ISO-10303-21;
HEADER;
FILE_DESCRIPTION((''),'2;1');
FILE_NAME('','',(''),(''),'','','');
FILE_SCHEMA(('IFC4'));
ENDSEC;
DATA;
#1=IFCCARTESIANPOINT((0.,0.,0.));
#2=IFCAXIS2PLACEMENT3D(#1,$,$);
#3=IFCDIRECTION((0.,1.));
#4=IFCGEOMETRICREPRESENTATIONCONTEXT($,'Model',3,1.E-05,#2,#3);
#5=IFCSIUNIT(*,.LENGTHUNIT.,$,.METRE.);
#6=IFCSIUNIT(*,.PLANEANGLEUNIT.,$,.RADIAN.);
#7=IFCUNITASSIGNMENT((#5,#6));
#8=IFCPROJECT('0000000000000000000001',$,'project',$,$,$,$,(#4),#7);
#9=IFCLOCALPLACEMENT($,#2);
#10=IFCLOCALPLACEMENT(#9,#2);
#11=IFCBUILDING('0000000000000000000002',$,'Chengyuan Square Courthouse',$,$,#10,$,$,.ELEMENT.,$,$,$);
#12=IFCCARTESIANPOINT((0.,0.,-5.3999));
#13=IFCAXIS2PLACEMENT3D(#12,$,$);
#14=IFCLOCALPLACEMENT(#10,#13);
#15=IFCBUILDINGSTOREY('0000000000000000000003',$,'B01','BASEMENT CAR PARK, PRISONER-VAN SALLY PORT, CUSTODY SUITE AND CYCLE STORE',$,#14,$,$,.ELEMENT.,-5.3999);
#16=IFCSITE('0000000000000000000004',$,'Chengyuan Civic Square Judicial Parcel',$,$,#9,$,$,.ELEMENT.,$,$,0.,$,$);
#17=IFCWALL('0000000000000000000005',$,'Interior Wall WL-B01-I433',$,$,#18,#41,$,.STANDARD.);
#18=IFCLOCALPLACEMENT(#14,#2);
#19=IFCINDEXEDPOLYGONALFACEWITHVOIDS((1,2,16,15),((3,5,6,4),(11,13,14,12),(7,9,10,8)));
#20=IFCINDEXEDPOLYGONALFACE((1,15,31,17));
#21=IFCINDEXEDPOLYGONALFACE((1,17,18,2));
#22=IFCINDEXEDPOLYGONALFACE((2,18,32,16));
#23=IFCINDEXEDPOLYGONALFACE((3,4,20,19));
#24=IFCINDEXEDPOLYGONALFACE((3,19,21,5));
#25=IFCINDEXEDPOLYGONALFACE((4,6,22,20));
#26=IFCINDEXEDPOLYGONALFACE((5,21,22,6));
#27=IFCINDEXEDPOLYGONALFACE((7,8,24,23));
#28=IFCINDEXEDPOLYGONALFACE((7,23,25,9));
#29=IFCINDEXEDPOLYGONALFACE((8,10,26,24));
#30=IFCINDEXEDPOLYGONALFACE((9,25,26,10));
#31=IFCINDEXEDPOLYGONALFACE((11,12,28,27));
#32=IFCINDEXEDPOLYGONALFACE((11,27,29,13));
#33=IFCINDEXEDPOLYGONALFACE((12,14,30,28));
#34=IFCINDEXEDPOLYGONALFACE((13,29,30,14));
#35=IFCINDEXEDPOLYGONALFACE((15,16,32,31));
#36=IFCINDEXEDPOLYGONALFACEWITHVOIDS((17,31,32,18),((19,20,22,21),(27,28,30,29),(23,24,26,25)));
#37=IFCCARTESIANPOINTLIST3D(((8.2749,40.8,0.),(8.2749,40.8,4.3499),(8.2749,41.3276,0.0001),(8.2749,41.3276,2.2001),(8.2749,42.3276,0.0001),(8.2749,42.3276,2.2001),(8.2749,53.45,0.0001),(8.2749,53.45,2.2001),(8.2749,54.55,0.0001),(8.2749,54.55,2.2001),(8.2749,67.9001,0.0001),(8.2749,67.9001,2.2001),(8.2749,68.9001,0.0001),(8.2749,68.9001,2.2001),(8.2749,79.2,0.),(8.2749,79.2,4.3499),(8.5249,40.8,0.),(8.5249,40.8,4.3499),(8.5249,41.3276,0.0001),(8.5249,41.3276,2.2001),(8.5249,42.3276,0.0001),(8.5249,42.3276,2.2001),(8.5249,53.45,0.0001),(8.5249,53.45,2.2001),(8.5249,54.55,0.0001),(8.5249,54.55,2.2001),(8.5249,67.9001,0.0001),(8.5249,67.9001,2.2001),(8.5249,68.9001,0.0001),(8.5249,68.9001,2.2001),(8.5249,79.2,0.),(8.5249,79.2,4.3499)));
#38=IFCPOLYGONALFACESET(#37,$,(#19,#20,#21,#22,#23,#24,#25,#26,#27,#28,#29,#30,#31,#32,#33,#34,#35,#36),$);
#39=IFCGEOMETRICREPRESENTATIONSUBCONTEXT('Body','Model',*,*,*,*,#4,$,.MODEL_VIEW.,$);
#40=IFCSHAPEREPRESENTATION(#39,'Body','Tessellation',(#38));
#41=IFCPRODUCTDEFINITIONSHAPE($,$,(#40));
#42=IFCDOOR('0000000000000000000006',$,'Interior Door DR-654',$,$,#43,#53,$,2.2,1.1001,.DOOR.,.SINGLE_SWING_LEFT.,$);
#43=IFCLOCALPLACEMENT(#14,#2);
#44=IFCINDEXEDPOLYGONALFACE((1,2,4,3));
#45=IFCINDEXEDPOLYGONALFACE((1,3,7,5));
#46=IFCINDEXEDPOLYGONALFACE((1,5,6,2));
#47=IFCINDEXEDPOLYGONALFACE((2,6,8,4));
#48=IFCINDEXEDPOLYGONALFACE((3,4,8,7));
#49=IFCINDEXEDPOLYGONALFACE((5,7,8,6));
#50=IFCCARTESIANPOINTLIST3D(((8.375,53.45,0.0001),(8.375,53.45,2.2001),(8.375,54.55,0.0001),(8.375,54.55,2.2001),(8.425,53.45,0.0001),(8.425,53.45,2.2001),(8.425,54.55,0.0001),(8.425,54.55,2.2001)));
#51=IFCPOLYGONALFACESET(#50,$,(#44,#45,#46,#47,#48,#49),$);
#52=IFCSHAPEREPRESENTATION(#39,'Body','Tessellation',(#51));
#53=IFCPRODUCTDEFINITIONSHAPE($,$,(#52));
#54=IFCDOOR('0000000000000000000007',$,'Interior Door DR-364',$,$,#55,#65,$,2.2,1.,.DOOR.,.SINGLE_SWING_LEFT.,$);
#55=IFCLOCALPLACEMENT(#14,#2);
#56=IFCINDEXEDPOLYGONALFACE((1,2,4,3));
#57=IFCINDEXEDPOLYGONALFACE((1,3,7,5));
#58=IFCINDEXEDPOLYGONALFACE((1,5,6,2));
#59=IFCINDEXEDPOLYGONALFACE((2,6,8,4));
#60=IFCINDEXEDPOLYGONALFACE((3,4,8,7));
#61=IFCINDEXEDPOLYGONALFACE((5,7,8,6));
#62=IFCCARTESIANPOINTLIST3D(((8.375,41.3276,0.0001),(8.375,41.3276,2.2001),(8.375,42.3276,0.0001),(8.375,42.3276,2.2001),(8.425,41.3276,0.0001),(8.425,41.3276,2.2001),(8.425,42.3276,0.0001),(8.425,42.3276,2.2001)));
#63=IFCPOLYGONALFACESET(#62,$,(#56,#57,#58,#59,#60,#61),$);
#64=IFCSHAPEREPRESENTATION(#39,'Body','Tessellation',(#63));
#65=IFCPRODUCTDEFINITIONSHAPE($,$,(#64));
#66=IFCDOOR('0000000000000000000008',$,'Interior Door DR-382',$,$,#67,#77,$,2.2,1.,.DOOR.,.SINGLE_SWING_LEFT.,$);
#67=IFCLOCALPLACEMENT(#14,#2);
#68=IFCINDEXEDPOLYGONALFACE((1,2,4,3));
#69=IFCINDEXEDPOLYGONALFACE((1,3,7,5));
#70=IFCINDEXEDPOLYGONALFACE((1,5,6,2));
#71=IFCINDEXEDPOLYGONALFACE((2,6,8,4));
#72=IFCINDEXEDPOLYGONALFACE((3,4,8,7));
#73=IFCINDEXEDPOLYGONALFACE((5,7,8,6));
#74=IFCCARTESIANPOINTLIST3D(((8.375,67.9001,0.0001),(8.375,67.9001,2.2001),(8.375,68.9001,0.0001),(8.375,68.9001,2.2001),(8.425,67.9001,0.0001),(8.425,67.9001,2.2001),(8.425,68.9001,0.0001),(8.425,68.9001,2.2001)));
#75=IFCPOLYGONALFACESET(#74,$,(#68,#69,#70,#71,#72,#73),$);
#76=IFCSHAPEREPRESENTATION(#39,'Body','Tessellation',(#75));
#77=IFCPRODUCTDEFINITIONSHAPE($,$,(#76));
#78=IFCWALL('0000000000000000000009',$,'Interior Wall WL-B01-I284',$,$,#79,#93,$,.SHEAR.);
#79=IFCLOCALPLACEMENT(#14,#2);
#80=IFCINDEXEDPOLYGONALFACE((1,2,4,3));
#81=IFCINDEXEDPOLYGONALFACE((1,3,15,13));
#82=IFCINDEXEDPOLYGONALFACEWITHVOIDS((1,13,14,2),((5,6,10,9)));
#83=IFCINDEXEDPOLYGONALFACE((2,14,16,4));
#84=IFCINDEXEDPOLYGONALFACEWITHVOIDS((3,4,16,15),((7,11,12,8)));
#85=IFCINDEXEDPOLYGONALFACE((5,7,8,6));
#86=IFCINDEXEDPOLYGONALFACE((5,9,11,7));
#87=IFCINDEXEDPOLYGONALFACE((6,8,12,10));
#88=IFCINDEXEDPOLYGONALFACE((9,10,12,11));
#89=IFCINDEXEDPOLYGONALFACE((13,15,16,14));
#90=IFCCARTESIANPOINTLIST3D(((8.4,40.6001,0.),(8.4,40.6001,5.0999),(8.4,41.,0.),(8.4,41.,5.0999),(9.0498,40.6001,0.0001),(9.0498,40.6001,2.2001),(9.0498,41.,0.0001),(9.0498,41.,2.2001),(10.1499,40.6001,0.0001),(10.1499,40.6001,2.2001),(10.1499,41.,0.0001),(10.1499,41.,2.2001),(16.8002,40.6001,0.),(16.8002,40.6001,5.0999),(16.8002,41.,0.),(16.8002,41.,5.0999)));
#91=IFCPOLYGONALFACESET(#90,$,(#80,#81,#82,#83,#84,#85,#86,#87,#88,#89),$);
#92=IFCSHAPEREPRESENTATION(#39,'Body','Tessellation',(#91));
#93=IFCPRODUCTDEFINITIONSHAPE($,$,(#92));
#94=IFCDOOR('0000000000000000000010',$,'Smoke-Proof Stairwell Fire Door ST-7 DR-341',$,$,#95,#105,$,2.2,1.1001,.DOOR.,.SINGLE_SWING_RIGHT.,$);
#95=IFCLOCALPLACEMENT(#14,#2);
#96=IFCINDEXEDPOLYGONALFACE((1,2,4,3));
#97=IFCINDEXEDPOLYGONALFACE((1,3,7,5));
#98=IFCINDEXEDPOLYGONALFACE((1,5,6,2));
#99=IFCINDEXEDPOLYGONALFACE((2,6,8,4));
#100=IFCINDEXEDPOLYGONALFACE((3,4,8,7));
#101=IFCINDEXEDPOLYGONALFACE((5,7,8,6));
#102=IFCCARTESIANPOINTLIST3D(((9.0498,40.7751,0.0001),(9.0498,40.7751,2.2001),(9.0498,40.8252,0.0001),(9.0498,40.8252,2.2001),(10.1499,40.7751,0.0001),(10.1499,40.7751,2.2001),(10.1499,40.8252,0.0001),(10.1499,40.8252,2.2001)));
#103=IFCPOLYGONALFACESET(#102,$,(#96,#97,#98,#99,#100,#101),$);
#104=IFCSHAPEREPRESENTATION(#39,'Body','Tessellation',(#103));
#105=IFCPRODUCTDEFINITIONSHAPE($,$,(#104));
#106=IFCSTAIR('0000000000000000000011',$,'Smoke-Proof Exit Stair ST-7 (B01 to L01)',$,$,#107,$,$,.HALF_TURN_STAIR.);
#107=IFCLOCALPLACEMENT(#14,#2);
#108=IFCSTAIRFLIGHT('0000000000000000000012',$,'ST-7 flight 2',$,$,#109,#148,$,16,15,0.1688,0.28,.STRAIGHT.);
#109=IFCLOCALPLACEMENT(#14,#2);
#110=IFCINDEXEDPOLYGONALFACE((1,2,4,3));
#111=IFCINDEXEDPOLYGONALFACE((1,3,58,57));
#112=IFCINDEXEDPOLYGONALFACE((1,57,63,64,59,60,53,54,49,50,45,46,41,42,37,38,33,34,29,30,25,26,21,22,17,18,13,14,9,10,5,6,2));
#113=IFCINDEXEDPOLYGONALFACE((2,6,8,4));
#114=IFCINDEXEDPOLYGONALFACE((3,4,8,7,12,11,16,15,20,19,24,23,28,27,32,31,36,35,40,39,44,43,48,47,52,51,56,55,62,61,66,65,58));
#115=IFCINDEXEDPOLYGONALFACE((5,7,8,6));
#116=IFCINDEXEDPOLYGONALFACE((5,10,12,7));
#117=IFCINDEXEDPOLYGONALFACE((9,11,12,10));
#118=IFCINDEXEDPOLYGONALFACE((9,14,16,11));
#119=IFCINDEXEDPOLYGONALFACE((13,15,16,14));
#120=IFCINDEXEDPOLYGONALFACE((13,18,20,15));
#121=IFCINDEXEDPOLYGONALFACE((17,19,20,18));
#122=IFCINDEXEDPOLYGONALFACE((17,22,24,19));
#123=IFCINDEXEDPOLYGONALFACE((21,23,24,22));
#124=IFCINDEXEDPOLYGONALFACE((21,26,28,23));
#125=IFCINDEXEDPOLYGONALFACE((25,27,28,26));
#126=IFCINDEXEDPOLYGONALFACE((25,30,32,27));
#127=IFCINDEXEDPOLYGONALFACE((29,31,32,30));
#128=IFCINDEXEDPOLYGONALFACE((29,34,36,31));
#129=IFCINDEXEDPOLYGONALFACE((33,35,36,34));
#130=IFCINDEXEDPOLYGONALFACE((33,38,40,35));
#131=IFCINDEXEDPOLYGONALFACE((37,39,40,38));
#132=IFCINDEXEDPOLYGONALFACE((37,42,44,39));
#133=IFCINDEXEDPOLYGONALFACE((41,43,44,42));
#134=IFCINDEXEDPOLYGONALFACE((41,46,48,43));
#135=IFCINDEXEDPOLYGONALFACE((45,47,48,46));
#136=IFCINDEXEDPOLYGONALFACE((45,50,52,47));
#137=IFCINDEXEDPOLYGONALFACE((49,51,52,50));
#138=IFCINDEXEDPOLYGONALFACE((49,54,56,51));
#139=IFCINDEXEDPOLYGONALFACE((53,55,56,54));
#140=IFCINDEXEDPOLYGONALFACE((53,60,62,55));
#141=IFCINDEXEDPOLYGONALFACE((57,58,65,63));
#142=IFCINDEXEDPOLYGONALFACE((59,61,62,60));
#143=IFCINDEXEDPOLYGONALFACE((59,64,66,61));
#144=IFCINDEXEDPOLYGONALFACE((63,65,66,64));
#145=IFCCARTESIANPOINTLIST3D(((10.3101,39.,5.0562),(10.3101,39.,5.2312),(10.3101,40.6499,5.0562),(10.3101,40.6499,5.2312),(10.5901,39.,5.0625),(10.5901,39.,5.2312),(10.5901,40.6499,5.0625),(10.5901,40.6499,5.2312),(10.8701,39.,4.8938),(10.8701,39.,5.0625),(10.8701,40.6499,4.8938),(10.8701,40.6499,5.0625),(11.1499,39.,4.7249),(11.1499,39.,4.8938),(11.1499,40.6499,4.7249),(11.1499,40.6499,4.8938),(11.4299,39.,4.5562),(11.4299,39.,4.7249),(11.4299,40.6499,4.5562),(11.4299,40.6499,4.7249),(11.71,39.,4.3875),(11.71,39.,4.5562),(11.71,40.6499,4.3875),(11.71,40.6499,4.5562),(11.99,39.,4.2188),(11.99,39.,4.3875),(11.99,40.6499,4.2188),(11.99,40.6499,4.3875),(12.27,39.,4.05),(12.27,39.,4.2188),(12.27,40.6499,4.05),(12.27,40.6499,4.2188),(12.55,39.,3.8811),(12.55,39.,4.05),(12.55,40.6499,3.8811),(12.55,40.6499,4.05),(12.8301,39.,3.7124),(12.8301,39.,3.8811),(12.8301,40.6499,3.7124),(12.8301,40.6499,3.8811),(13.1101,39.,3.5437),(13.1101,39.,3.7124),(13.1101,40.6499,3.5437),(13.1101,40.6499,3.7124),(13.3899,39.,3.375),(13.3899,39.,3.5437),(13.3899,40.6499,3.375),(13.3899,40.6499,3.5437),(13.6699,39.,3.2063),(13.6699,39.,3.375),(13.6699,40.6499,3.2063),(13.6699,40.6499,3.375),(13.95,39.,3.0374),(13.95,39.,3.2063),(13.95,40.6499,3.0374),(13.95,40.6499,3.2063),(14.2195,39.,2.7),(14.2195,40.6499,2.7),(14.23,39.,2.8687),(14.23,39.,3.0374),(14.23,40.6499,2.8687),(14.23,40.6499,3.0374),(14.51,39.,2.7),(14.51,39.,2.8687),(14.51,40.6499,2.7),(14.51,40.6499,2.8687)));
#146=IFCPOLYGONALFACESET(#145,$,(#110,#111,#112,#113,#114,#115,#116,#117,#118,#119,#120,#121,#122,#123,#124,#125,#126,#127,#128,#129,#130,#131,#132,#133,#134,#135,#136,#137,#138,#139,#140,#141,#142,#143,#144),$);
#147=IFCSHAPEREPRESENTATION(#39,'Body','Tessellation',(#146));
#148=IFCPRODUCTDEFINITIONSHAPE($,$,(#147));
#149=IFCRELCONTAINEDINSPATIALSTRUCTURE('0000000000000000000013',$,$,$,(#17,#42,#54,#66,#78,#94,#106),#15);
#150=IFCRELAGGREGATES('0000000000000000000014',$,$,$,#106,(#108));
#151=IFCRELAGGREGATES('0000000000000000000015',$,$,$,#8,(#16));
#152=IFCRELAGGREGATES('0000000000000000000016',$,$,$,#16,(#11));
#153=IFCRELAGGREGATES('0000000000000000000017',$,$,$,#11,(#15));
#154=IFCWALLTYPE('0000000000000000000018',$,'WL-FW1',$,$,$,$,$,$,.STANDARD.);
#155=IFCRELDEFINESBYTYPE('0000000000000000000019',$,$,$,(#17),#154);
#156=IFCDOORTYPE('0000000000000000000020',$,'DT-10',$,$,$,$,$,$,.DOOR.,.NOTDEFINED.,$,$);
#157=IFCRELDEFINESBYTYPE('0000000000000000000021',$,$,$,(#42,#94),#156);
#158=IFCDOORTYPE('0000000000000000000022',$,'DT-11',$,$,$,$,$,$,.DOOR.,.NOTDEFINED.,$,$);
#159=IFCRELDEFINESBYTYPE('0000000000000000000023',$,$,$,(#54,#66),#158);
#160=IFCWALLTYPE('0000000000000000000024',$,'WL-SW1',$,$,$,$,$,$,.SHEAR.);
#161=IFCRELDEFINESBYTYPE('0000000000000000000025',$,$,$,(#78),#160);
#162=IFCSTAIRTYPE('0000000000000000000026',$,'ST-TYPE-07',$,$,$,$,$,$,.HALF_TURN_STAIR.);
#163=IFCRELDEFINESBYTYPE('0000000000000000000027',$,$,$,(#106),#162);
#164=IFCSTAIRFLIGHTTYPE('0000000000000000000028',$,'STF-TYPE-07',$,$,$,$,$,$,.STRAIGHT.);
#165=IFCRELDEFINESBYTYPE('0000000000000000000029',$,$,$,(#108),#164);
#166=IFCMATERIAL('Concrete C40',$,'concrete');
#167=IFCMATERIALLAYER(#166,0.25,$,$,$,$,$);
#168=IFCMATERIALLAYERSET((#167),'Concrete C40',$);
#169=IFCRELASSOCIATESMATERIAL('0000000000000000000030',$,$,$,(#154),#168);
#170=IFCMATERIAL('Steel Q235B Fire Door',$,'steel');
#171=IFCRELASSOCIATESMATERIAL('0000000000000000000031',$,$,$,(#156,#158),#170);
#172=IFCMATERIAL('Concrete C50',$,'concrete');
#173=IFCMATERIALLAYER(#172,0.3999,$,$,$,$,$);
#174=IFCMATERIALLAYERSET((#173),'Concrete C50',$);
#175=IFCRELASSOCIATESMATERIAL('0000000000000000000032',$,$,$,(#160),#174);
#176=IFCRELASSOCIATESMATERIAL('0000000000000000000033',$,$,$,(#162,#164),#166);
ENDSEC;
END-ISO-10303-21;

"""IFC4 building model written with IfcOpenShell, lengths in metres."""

from ifc_helpers import new_model, si_unit, direction, frame, frame_2d, origin, place, context, subcontext, project, spatial, polyline, rectangle, outline, extrude, material, layer, layer_set, type_object, element, fill, aggregate, save


model = new_model("IFC4")

# Units and contexts
model_context = context("Model", 3, precision=1e-05, world=origin(), true_north=direction((0.0, 1.0)))
body_context = subcontext(model_context, "Body", "Model", "MODEL_VIEW")
ifc_project = project(units=[si_unit("LENGTHUNIT", "METRE"), si_unit("PLANEANGLEUNIT", "RADIAN")], contexts=[model_context])

# Site, building, storey
site_placement = place(None, origin())
site = spatial("IfcSite", under=ifc_project, at=site_placement, Name="Chengyuan Civic Square Judicial Parcel", CompositionType="ELEMENT", RefElevation=0.0)
building_placement = place(site_placement, origin())
building = spatial("IfcBuilding", under=site, at=building_placement, Name="Chengyuan Square Courthouse", CompositionType="ELEMENT")
storey_placement = place(building_placement, frame((0.0, 0.0, -5.3999)))
storey = spatial("IfcBuildingStorey", under=building, at=storey_placement, Name="B01", Description="BASEMENT CAR PARK, PRISONER-VAN SALLY PORT, CUSTODY SUITE AND CYCLE STORE", CompositionType="ELEMENT", Elevation=-5.3999)

# Shared definitions
ifc_material_1 = material(Name="Concrete C50", Category="concrete")

# Shared definitions
ifc_material_2 = material(Name="Concrete C40", Category="concrete")

# Wall, openings, doors
ifc_layer_1 = layer(ifc_material_2, 0.25)
ifc_layer_set_1 = layer_set([ifc_layer_1], Name="Concrete C40")
wall_type_1 = type_object("IfcWallType", Name="WL-FW1", PredefinedType="STANDARD", material=ifc_layer_set_1)
ifc_material_3 = material(Name="Steel Q235B Fire Door", Category="steel")
wall_1_placement = place(storey_placement, frame((8.3999, 40.8, 0.0), z_axis=(0.0, 0.0, 1.0), x_axis=(0.0, 1.0, 0.0)))
wall_1 = element("IfcWall", 1, at=wall_1_placement, inside=storey, type_object=wall_type_1, Name="Interior Wall WL-B01-I433", PredefinedType="STANDARD", context=body_context, shape_type="SweptSolid", body=[
    extrude(rectangle(XDim=38.3999, YDim=0.25, at=frame_2d((19.2, 0.0))), origin(), (0.0, 0.0, 1.0), 4.3499),
])
opening_1_placement = place(wall_1_placement, frame((0.5276, 0.0, 0.0)))
opening_1 = element("IfcOpeningElement", 2, at=opening_1_placement, cuts=wall_1, PredefinedType="OPENING", context=body_context, shape_type="SweptSolid", body=[
    extrude(rectangle(XDim=1.0, YDim=2.2, at=frame_2d((0.5, 1.1001))), frame((0.0, 0.137, 0.0), z_axis=(0.0, -1.0, 0.0), x_axis=(1.0, 0.0, 0.0)), (0.0, 0.0, 1.0), 0.2739),
])
opening_2_placement = place(wall_1_placement, frame((27.1001, 0.0, 0.0)))
opening_2 = element("IfcOpeningElement", 3, at=opening_2_placement, cuts=wall_1, PredefinedType="OPENING", context=body_context, shape_type="SweptSolid", body=[
    extrude(rectangle(XDim=1.0, YDim=2.2, at=frame_2d((0.5, 1.1001))), frame((0.0, 0.137, 0.0), z_axis=(0.0, -1.0, 0.0), x_axis=(1.0, 0.0, 0.0)), (0.0, 0.0, 1.0), 0.2739),
])
opening_3_placement = place(wall_1_placement, frame((12.6499, 0.0, 0.0)))
opening_3 = element("IfcOpeningElement", 4, at=opening_3_placement, cuts=wall_1, PredefinedType="OPENING", context=body_context, shape_type="SweptSolid", body=[
    extrude(rectangle(XDim=1.1001, YDim=2.2, at=frame_2d((0.55, 1.1001))), frame((0.0, 0.137, 0.0), z_axis=(0.0, -1.0, 0.0), x_axis=(1.0, 0.0, 0.0)), (0.0, 0.0, 1.0), 0.2739),
])
door_type_1 = type_object("IfcDoorType", Name="DT-10", OperationType="NOTDEFINED", PredefinedType="DOOR", material=ifc_material_3)
door_1_placement = place(opening_3_placement, origin())
door_1 = element("IfcDoor", 5, at=door_1_placement, inside=storey, type_object=door_type_1, Name="Interior Door DR-654", OperationType="SINGLE_SWING_LEFT", OverallHeight=2.2, OverallWidth=1.1001, PredefinedType="DOOR", context=body_context, shape_type="SweptSolid", body=[
    extrude(rectangle(XDim=1.1001, YDim=2.2, at=frame_2d((0.55, 1.1001))), frame((0.0, 0.0249, 0.0), z_axis=(0.0, -1.0, 0.0), x_axis=(1.0, 0.0, 0.0)), (0.0, 0.0, 1.0), 0.05),
])
fill(opening_3, door_1)
door_type_2 = type_object("IfcDoorType", Name="DT-11", OperationType="NOTDEFINED", PredefinedType="DOOR", material=ifc_material_3)
door_2_placement = place(opening_1_placement, origin())
door_2 = element("IfcDoor", 6, at=door_2_placement, inside=storey, type_object=door_type_2, Name="Interior Door DR-364", OperationType="SINGLE_SWING_LEFT", OverallHeight=2.2, OverallWidth=1.0, PredefinedType="DOOR", context=body_context, shape_type="SweptSolid", body=[
    extrude(rectangle(XDim=1.0, YDim=2.2, at=frame_2d((0.5, 1.1001))), frame((0.0, 0.0249, 0.0), z_axis=(0.0, -1.0, 0.0), x_axis=(1.0, 0.0, 0.0)), (0.0, 0.0, 1.0), 0.05),
])
fill(opening_1, door_2)
door_3_placement = place(opening_2_placement, origin())
door_3 = element("IfcDoor", 7, at=door_3_placement, inside=storey, type_object=door_type_2, Name="Interior Door DR-382", OperationType="SINGLE_SWING_LEFT", OverallHeight=2.2, OverallWidth=1.0, PredefinedType="DOOR", context=body_context, shape_type="SweptSolid", body=[
    extrude(rectangle(XDim=1.0, YDim=2.2, at=frame_2d((0.5, 1.1001))), frame((0.0, 0.0249, 0.0), z_axis=(0.0, -1.0, 0.0), x_axis=(1.0, 0.0, 0.0)), (0.0, 0.0, 1.0), 0.05),
])
fill(opening_2, door_3)

# Wall, opening, door
ifc_layer_2 = layer(ifc_material_1, 0.3999)
ifc_layer_set_2 = layer_set([ifc_layer_2], Name="Concrete C50")
wall_type_2 = type_object("IfcWallType", Name="WL-SW1", PredefinedType="SHEAR", material=ifc_layer_set_2)
wall_2_placement = place(storey_placement, frame((8.3999, 40.8, 0.0), z_axis=(0.0, 0.0, 1.0), x_axis=(1.0, 0.0, 0.0)))
wall_2 = element("IfcWall", 8, at=wall_2_placement, inside=storey, type_object=wall_type_2, Name="Interior Wall WL-B01-I284", PredefinedType="SHEAR", context=body_context, shape_type="SweptSolid", body=[
    extrude(rectangle(XDim=8.4001, YDim=0.3999, at=frame_2d((4.2002, 0.0))), origin(), (0.0, 0.0, 1.0), 5.0999),
])
opening_4_placement = place(wall_2_placement, frame((0.6499, 0.0, 0.0)))
opening_4 = element("IfcOpeningElement", 9, at=opening_4_placement, cuts=wall_2, PredefinedType="OPENING", context=body_context, shape_type="SweptSolid", body=[
    extrude(rectangle(XDim=1.1001, YDim=2.2, at=frame_2d((0.55, 1.1001))), frame((0.0, 0.2119, 0.0), z_axis=(0.0, -1.0, 0.0), x_axis=(1.0, 0.0, 0.0)), (0.0, 0.0, 1.0), 0.4238),
])
door_4_placement = place(opening_4_placement, frame((1.1001, 0.0, 0.0), z_axis=(0.0, 0.0, 1.0), x_axis=(-1.0, 0.0, 0.0)))
door_4 = element("IfcDoor", 10, at=door_4_placement, inside=storey, type_object=door_type_1, Name="Smoke-Proof Stairwell Fire Door ST-7 DR-341", OperationType="SINGLE_SWING_RIGHT", OverallHeight=2.2, OverallWidth=1.1001, PredefinedType="DOOR", context=body_context, shape_type="SweptSolid", body=[
    extrude(rectangle(XDim=1.1001, YDim=2.2, at=frame_2d((0.55, 1.1001))), frame((0.0, 0.0249, 0.0), z_axis=(0.0, -1.0, 0.0), x_axis=(1.0, 0.0, 0.0)), (0.0, 0.0, 1.0), 0.05),
])
fill(opening_4, door_4)

# Stair, stair flight
stair_type = type_object("IfcStairType", Name="ST-TYPE-07", PredefinedType="HALF_TURN_STAIR", material=ifc_material_2)
stair_placement = place(storey_placement, origin())
stair = element("IfcStair", 11, at=stair_placement, inside=storey, type_object=stair_type, Name="Smoke-Proof Exit Stair ST-7 (B01 to L01)", PredefinedType="HALF_TURN_STAIR")
stair_flight_type = type_object("IfcStairFlightType", Name="STF-TYPE-07", PredefinedType="STRAIGHT", material=ifc_material_2)
stair_flight_placement = place(storey_placement, frame((14.51, 39.825, 2.7), z_axis=(0.0, 0.0, 1.0), x_axis=(-1.0, 0.0, 0.0)))
stair_flight = element("IfcStairFlight", 12, at=stair_flight_placement, type_object=stair_flight_type, Name="ST-7 flight 2", NumberOfRisers=16, NumberOfTreads=15, PredefinedType="STRAIGHT", RiserHeight=0.1688, TreadLength=0.28, context=body_context, shape_type="SweptSolid", body=[
    extrude(outline(polyline([(0.0, 0.0), (0.0, 0.1687), (0.28, 0.1687), (0.28, 0.3374), (0.5601, 0.3374), (0.5601, 0.5063), (0.8401, 0.5063), (0.8401, 0.675), (1.1201, 0.675), (1.1201, 0.8438), (1.3999, 0.8438), (1.3999, 1.0125), (1.6799, 1.0125), (1.6799, 1.1812), (1.96, 1.1812), (1.96, 1.3501), (2.24, 1.3501), (2.24, 1.5188), (2.52, 1.5188), (2.52, 1.6875), (2.8, 1.6875), (2.8, 1.8562), (3.0801, 1.8562), (3.0801, 2.0249), (3.3601, 2.0249), (3.3601, 2.1938), (3.6399, 2.1938), (3.6399, 2.3625), (3.9199, 2.3625), (3.9199, 2.5312), (4.2, 2.5312), (4.2, 2.7), (4.2, 2.3562), (0.2905, 0.0), (0.0, 0.0)])), frame((0.0, 0.825, 0.0), z_axis=(0.0, -1.0, 0.0), x_axis=(1.0, 0.0, 0.0)), (0.0, 0.0, 1.0), 1.6499),
])
aggregate(stair, [stair_flight])

save(model, "model.ifc")
